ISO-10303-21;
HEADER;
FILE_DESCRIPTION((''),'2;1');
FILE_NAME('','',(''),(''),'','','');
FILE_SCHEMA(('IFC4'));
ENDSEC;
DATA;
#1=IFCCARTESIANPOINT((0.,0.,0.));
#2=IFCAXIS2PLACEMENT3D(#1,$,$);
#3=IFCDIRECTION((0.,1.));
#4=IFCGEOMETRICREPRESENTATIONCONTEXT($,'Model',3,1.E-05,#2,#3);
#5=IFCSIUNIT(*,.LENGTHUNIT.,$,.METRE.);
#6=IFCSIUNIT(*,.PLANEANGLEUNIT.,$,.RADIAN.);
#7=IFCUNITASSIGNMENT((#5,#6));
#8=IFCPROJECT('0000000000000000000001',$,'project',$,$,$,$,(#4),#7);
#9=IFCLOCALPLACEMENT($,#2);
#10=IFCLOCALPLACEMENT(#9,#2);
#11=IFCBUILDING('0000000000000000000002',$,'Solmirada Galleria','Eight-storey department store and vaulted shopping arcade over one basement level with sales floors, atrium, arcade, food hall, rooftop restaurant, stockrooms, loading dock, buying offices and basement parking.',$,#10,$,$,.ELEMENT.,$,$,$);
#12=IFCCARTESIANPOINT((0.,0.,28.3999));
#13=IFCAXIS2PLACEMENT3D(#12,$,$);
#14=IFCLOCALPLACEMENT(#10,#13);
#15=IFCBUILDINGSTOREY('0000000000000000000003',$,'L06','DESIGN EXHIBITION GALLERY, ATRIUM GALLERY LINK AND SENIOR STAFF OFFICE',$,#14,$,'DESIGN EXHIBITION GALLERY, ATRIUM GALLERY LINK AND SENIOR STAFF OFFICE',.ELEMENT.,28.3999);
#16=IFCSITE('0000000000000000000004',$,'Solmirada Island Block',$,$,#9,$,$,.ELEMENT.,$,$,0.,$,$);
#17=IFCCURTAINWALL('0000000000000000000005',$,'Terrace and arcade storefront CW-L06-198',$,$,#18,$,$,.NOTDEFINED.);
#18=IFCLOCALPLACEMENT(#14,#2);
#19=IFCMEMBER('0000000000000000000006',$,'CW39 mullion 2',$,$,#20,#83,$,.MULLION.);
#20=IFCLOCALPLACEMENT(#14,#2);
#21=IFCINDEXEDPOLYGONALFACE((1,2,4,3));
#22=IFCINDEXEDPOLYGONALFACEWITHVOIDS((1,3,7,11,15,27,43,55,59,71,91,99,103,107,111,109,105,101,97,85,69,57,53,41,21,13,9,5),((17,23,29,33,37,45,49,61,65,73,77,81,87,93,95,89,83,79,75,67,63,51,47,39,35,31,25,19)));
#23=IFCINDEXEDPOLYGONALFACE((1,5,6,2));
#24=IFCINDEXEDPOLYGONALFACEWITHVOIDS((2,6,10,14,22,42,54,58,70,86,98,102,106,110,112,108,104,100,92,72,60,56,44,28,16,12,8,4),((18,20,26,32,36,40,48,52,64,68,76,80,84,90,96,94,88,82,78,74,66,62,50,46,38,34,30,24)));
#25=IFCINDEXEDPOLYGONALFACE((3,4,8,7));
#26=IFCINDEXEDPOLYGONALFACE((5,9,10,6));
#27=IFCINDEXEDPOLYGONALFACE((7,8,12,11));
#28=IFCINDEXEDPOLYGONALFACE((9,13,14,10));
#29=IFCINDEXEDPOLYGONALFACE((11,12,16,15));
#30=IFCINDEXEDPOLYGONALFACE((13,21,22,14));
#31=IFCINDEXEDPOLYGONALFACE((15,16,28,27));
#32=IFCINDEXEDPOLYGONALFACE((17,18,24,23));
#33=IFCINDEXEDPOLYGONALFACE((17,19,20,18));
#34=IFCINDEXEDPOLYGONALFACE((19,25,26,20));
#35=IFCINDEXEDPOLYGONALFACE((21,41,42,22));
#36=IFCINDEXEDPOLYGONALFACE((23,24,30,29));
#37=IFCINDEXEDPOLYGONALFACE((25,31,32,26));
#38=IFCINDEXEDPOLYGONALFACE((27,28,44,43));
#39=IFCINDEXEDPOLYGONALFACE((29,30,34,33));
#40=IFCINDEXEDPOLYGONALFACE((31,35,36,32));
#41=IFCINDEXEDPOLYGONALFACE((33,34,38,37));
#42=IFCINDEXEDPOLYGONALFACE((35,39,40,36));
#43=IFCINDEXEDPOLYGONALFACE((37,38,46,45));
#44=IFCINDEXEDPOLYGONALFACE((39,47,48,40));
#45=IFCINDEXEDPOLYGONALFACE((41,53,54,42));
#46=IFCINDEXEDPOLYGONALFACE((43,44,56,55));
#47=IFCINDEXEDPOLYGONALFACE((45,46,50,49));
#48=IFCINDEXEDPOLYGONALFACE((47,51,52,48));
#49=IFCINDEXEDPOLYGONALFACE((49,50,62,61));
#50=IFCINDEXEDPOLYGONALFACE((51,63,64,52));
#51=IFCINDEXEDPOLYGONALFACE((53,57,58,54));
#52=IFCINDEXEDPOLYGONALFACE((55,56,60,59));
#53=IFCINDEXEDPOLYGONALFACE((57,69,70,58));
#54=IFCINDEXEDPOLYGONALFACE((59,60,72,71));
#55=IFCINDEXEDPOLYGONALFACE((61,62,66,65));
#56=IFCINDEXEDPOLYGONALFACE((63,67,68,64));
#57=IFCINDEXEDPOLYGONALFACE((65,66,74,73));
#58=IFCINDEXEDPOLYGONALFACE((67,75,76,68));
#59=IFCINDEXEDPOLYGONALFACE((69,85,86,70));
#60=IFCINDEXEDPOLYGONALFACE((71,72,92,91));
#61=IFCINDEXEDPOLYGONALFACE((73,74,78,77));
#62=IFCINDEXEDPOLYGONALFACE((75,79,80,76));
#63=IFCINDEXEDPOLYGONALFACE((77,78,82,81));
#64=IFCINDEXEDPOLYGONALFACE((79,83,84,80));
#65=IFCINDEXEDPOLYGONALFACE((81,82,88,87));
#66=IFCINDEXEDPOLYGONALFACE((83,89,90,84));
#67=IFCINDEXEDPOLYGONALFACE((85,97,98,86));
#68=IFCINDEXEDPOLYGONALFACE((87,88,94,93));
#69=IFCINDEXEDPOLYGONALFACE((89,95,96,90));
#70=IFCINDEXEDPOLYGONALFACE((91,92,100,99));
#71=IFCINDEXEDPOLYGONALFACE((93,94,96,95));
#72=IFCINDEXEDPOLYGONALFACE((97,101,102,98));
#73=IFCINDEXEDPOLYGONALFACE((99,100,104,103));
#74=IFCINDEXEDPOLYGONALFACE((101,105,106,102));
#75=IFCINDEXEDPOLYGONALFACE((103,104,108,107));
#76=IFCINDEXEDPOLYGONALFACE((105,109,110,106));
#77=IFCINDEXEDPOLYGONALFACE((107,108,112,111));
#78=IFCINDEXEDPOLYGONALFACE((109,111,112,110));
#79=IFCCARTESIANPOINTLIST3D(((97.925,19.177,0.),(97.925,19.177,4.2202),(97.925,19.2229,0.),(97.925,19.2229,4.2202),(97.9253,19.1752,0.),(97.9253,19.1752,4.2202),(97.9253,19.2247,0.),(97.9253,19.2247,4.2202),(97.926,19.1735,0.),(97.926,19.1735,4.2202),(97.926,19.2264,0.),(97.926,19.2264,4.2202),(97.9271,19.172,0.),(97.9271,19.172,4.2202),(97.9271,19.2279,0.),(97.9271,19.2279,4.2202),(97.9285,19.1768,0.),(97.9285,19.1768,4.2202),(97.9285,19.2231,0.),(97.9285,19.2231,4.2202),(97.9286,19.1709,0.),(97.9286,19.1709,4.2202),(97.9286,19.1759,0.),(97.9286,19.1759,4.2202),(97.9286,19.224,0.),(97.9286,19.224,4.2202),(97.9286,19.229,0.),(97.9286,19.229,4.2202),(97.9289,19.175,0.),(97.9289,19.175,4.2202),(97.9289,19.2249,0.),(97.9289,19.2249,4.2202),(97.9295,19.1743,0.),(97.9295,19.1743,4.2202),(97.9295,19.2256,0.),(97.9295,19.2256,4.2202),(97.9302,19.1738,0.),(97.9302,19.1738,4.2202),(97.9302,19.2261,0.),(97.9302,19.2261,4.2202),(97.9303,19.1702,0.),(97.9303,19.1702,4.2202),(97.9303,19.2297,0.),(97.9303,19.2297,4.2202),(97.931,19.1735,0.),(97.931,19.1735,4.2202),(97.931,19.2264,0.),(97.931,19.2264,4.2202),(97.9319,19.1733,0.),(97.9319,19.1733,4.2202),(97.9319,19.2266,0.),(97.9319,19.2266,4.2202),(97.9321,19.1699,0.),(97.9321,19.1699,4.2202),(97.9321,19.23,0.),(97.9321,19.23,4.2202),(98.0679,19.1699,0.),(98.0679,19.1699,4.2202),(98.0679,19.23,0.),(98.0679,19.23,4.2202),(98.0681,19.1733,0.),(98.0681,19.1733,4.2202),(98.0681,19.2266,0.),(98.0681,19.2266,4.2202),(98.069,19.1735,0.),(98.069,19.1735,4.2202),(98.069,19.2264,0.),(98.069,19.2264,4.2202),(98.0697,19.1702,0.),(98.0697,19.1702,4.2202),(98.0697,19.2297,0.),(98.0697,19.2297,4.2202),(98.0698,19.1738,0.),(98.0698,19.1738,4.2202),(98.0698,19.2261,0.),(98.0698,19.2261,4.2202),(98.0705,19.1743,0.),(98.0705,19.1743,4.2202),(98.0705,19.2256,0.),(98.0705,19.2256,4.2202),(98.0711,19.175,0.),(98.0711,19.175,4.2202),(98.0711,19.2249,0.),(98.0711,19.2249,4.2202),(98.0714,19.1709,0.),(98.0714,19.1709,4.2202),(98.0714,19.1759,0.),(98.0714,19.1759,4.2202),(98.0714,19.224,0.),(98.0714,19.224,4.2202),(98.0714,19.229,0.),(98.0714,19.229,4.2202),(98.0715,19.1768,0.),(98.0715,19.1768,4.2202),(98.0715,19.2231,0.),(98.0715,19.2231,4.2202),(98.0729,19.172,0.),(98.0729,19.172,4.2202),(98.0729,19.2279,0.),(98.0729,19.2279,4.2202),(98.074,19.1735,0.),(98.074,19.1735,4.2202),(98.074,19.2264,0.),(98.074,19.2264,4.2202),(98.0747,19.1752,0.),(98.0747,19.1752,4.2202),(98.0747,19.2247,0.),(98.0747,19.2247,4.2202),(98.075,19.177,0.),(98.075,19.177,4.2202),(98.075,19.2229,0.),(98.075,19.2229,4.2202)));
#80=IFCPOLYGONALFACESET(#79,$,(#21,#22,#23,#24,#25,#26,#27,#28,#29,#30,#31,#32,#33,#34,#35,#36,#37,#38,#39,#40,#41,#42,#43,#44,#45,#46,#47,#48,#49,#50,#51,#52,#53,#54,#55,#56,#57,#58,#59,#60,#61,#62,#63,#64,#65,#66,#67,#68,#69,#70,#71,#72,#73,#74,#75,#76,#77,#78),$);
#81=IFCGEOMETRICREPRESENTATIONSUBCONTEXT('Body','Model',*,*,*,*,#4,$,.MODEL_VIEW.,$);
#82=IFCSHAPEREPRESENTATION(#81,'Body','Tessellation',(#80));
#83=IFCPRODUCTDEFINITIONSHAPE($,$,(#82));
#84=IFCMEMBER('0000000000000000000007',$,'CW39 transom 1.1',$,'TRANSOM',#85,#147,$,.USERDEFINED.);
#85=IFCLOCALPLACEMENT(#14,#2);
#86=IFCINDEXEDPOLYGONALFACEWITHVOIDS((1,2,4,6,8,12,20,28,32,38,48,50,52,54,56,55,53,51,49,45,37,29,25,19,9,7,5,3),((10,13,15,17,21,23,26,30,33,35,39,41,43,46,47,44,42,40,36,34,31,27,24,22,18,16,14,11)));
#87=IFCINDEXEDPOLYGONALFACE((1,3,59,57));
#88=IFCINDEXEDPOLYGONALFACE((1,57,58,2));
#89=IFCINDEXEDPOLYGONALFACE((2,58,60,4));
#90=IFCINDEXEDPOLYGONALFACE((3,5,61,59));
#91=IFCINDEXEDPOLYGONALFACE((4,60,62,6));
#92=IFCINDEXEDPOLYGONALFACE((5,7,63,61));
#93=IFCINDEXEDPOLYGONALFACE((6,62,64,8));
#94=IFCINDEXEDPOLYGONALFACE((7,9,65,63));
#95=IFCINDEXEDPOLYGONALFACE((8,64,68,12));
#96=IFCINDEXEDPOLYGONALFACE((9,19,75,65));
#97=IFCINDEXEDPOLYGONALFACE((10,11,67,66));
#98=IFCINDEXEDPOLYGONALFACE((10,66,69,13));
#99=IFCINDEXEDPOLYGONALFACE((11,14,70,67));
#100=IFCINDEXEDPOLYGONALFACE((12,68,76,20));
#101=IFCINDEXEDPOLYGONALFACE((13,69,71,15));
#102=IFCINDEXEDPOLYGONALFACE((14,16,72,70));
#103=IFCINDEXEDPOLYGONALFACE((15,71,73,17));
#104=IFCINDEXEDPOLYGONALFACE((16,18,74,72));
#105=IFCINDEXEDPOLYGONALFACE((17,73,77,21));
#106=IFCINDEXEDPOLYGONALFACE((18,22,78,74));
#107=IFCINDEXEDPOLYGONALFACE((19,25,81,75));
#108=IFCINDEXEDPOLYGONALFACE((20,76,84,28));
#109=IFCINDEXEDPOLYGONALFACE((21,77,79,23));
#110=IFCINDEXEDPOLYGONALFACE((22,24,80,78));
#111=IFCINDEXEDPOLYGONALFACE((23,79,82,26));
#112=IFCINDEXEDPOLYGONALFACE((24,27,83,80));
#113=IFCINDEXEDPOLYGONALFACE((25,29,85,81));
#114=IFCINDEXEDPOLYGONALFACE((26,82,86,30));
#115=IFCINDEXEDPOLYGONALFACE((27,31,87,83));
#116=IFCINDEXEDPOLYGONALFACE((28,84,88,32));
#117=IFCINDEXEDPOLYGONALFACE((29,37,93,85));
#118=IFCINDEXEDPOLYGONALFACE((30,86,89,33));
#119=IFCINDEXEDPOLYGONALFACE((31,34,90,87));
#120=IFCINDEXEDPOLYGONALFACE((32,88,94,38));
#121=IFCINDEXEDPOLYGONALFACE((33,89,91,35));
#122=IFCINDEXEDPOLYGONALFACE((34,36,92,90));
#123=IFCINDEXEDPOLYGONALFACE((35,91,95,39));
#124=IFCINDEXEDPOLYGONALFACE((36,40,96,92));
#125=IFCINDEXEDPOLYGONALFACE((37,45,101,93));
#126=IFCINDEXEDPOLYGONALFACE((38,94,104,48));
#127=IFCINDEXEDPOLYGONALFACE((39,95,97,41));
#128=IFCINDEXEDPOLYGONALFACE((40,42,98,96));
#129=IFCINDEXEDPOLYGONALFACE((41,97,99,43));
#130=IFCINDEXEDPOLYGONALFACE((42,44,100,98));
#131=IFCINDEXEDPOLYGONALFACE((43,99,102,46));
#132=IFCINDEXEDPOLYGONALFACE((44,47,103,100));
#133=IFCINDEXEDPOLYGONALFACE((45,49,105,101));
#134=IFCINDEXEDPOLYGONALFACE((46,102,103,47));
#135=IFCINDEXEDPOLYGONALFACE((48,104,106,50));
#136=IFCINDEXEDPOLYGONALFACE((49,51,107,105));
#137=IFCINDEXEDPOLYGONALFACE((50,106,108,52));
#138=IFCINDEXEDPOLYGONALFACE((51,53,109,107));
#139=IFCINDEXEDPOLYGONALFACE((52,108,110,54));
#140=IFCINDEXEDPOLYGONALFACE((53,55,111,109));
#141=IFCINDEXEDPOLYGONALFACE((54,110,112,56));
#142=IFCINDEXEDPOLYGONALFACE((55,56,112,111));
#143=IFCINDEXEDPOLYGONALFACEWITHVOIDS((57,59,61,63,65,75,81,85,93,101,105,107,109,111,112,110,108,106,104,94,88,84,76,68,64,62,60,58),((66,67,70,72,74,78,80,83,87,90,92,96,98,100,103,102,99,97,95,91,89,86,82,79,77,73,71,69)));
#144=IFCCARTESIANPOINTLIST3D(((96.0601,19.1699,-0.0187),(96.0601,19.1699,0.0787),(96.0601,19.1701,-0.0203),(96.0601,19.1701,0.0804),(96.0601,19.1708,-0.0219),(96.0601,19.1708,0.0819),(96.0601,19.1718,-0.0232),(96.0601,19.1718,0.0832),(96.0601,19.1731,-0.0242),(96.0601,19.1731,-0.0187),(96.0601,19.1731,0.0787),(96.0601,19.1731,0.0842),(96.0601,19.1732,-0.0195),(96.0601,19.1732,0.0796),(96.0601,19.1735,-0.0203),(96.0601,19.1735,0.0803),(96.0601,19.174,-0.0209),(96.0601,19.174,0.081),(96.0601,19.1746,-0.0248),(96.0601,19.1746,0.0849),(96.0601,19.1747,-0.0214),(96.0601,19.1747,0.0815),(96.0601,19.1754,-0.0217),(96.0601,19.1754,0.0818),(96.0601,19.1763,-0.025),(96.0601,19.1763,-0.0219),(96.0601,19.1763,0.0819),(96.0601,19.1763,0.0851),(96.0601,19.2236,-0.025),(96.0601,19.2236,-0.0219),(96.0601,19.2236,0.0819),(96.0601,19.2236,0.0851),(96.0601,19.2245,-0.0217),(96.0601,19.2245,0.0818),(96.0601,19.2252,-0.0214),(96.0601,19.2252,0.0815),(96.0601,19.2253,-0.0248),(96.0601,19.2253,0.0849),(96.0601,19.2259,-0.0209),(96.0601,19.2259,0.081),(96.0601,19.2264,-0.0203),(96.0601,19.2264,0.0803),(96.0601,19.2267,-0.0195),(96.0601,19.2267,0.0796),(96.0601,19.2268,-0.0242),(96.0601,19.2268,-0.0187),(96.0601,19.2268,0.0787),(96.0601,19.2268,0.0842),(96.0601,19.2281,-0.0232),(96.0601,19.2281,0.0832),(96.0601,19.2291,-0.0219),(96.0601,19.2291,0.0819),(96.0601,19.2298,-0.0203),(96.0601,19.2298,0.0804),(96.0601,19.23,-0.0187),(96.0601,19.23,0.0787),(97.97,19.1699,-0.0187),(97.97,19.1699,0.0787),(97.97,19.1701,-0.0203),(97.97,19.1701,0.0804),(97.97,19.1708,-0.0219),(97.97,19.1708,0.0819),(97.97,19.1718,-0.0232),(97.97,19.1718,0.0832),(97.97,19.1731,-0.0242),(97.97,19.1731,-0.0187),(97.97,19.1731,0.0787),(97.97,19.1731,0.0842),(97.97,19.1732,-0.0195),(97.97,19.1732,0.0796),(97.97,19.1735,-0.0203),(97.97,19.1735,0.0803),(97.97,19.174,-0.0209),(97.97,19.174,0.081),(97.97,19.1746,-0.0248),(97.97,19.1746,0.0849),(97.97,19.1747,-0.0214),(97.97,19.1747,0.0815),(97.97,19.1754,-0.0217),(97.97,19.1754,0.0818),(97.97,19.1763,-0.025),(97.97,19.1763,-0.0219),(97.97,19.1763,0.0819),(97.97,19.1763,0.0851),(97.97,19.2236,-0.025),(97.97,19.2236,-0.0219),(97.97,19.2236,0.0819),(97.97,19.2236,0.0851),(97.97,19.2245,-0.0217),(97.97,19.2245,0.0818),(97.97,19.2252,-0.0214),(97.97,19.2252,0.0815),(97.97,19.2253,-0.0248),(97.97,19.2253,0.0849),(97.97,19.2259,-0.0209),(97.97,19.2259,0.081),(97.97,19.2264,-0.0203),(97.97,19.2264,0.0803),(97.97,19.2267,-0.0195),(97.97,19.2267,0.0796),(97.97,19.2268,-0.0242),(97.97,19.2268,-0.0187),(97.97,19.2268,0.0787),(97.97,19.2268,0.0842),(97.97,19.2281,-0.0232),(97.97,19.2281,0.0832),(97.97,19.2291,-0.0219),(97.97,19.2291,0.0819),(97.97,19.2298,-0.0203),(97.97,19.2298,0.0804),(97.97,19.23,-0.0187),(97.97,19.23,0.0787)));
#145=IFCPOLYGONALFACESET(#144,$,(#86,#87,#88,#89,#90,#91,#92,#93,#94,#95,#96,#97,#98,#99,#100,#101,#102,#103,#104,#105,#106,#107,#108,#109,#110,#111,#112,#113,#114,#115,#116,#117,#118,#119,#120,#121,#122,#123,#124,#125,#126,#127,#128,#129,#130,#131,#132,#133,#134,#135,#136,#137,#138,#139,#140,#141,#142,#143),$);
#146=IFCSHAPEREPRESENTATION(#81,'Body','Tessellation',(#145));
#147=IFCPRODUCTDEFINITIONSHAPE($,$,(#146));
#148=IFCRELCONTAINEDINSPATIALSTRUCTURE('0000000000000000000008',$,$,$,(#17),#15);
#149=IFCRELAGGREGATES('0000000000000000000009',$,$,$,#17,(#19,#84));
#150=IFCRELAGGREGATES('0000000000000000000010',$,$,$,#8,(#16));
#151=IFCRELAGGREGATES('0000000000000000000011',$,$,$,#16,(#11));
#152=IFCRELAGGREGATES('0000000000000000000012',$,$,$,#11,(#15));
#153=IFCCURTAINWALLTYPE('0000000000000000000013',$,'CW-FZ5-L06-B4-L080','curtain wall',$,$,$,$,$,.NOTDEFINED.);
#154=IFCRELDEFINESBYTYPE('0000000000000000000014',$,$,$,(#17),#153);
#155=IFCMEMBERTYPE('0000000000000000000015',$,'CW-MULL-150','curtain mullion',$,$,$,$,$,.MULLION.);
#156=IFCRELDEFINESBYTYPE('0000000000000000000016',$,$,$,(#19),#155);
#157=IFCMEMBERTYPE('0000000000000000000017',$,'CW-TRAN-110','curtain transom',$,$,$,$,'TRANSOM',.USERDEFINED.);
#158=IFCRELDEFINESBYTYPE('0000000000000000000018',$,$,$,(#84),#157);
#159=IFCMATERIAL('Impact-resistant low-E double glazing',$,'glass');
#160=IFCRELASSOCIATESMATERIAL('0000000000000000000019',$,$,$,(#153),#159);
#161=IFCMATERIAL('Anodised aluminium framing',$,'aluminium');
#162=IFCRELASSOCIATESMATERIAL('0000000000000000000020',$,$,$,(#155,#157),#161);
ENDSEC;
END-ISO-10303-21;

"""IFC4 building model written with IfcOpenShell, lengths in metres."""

from ifc_helpers import new_model, si_unit, direction, frame, origin, origin_2d, place, context, subcontext, project, spatial, hollow_rectangle, extrude, material, material_profile, profile_set, type_object, element, aggregate, save


model = new_model("IFC4")

# Units and contexts
model_context = context("Model", 3, precision=1e-05, world=origin(), true_north=direction((0.0, 1.0)))
body_context = subcontext(model_context, "Body", "Model", "MODEL_VIEW")
ifc_project = project(units=[si_unit("LENGTHUNIT", "METRE"), si_unit("PLANEANGLEUNIT", "RADIAN")], contexts=[model_context])

# Site, building, storey
site_placement = place(None, origin())
site = spatial("IfcSite", under=ifc_project, at=site_placement, Name="Solmirada Island Block", CompositionType="ELEMENT", RefElevation=0.0)
building_placement = place(site_placement, origin())
building = spatial("IfcBuilding", under=site, at=building_placement, Name="Solmirada Galleria", Description="Eight-storey department store and vaulted shopping arcade over one basement level with sales floors, atrium, arcade, food hall, rooftop restaurant, stockrooms, loading dock, buying offices and basement parking.", CompositionType="ELEMENT")
storey_placement = place(building_placement, frame((0.0, 0.0, 28.3999)))
storey = spatial("IfcBuildingStorey", under=building, at=storey_placement, Name="L06", Description="DESIGN EXHIBITION GALLERY, ATRIUM GALLERY LINK AND SENIOR STAFF OFFICE", LongName="DESIGN EXHIBITION GALLERY, ATRIUM GALLERY LINK AND SENIOR STAFF OFFICE", CompositionType="ELEMENT", Elevation=28.3999)

# Curtain wall, members
ifc_material_1 = material(Name="Impact-resistant low-E double glazing", Category="glass")
curtain_wall_type = type_object("IfcCurtainWallType", Name="CW-FZ5-L06-B4-L080", Description="curtain wall", PredefinedType="NOTDEFINED", material=ifc_material_1)
curtain_wall_placement = place(storey_placement, origin())
curtain_wall = element("IfcCurtainWall", 1, at=curtain_wall_placement, inside=storey, type_object=curtain_wall_type, Name="Terrace and arcade storefront CW-L06-198", PredefinedType="NOTDEFINED")
ifc_material_2 = material(Name="Anodised aluminium framing", Category="aluminium")
ifc_material_profile_1 = material_profile(ifc_material_2, hollow_rectangle(XDim=0.0601, YDim=0.1499, WallThickness=0.0034, InnerFilletRadius=0.0034, OuterFilletRadius=0.0071, at=origin_2d()), Name="ALU-MULL-150X60")
ifc_profile_set_1 = profile_set([ifc_material_profile_1], Name="Anodised aluminium framing")
member_type_1 = type_object("IfcMemberType", Name="CW-MULL-150", Description="curtain mullion", PredefinedType="MULLION", material=ifc_profile_set_1)
member_1_placement = place(storey_placement, frame((98.0, 19.2, 0.0), z_axis=(0.0, 0.0, 1.0), x_axis=(0.0, 1.0, 0.0)))
member_1 = element("IfcMember", 2, at=member_1_placement, type_object=member_type_1, Name="CW39 mullion 2", PredefinedType="MULLION", context=body_context, shape_type="SweptSolid", body=[
    extrude(hollow_rectangle(XDim=0.0601, YDim=0.1499, WallThickness=0.0034, InnerFilletRadius=0.0034, OuterFilletRadius=0.0071, at=origin_2d()), origin(), (0.0, 0.0, 1.0), 4.2202),
])
ifc_material_profile_2 = material_profile(ifc_material_2, hollow_rectangle(XDim=0.0601, YDim=0.1101, WallThickness=0.0032, InnerFilletRadius=0.0032, OuterFilletRadius=0.0063, at=origin_2d()), Name="ALU-TRAN-110X60")
ifc_profile_set_2 = profile_set([ifc_material_profile_2], Name="Anodised aluminium framing")
member_type_2 = type_object("IfcMemberType", Name="CW-TRAN-110", Description="curtain transom", ElementType="TRANSOM", PredefinedType="USERDEFINED", material=ifc_profile_set_2)
member_2_placement = place(storey_placement, frame((96.0601, 19.2, 0.03), z_axis=(1.0, 0.0, 0.0), x_axis=(0.0, 1.0, 0.0)))
member_2 = element("IfcMember", 3, at=member_2_placement, type_object=member_type_2, Name="CW39 transom 1.1", ObjectType="TRANSOM", PredefinedType="USERDEFINED", context=body_context, shape_type="SweptSolid", body=[
    extrude(hollow_rectangle(XDim=0.0601, YDim=0.1101, WallThickness=0.0032, InnerFilletRadius=0.0032, OuterFilletRadius=0.0063, at=origin_2d()), origin(), (0.0, 0.0, 1.0), 1.9099),
])

aggregate(curtain_wall, [member_1, member_2])

save(model, "model.ifc")
